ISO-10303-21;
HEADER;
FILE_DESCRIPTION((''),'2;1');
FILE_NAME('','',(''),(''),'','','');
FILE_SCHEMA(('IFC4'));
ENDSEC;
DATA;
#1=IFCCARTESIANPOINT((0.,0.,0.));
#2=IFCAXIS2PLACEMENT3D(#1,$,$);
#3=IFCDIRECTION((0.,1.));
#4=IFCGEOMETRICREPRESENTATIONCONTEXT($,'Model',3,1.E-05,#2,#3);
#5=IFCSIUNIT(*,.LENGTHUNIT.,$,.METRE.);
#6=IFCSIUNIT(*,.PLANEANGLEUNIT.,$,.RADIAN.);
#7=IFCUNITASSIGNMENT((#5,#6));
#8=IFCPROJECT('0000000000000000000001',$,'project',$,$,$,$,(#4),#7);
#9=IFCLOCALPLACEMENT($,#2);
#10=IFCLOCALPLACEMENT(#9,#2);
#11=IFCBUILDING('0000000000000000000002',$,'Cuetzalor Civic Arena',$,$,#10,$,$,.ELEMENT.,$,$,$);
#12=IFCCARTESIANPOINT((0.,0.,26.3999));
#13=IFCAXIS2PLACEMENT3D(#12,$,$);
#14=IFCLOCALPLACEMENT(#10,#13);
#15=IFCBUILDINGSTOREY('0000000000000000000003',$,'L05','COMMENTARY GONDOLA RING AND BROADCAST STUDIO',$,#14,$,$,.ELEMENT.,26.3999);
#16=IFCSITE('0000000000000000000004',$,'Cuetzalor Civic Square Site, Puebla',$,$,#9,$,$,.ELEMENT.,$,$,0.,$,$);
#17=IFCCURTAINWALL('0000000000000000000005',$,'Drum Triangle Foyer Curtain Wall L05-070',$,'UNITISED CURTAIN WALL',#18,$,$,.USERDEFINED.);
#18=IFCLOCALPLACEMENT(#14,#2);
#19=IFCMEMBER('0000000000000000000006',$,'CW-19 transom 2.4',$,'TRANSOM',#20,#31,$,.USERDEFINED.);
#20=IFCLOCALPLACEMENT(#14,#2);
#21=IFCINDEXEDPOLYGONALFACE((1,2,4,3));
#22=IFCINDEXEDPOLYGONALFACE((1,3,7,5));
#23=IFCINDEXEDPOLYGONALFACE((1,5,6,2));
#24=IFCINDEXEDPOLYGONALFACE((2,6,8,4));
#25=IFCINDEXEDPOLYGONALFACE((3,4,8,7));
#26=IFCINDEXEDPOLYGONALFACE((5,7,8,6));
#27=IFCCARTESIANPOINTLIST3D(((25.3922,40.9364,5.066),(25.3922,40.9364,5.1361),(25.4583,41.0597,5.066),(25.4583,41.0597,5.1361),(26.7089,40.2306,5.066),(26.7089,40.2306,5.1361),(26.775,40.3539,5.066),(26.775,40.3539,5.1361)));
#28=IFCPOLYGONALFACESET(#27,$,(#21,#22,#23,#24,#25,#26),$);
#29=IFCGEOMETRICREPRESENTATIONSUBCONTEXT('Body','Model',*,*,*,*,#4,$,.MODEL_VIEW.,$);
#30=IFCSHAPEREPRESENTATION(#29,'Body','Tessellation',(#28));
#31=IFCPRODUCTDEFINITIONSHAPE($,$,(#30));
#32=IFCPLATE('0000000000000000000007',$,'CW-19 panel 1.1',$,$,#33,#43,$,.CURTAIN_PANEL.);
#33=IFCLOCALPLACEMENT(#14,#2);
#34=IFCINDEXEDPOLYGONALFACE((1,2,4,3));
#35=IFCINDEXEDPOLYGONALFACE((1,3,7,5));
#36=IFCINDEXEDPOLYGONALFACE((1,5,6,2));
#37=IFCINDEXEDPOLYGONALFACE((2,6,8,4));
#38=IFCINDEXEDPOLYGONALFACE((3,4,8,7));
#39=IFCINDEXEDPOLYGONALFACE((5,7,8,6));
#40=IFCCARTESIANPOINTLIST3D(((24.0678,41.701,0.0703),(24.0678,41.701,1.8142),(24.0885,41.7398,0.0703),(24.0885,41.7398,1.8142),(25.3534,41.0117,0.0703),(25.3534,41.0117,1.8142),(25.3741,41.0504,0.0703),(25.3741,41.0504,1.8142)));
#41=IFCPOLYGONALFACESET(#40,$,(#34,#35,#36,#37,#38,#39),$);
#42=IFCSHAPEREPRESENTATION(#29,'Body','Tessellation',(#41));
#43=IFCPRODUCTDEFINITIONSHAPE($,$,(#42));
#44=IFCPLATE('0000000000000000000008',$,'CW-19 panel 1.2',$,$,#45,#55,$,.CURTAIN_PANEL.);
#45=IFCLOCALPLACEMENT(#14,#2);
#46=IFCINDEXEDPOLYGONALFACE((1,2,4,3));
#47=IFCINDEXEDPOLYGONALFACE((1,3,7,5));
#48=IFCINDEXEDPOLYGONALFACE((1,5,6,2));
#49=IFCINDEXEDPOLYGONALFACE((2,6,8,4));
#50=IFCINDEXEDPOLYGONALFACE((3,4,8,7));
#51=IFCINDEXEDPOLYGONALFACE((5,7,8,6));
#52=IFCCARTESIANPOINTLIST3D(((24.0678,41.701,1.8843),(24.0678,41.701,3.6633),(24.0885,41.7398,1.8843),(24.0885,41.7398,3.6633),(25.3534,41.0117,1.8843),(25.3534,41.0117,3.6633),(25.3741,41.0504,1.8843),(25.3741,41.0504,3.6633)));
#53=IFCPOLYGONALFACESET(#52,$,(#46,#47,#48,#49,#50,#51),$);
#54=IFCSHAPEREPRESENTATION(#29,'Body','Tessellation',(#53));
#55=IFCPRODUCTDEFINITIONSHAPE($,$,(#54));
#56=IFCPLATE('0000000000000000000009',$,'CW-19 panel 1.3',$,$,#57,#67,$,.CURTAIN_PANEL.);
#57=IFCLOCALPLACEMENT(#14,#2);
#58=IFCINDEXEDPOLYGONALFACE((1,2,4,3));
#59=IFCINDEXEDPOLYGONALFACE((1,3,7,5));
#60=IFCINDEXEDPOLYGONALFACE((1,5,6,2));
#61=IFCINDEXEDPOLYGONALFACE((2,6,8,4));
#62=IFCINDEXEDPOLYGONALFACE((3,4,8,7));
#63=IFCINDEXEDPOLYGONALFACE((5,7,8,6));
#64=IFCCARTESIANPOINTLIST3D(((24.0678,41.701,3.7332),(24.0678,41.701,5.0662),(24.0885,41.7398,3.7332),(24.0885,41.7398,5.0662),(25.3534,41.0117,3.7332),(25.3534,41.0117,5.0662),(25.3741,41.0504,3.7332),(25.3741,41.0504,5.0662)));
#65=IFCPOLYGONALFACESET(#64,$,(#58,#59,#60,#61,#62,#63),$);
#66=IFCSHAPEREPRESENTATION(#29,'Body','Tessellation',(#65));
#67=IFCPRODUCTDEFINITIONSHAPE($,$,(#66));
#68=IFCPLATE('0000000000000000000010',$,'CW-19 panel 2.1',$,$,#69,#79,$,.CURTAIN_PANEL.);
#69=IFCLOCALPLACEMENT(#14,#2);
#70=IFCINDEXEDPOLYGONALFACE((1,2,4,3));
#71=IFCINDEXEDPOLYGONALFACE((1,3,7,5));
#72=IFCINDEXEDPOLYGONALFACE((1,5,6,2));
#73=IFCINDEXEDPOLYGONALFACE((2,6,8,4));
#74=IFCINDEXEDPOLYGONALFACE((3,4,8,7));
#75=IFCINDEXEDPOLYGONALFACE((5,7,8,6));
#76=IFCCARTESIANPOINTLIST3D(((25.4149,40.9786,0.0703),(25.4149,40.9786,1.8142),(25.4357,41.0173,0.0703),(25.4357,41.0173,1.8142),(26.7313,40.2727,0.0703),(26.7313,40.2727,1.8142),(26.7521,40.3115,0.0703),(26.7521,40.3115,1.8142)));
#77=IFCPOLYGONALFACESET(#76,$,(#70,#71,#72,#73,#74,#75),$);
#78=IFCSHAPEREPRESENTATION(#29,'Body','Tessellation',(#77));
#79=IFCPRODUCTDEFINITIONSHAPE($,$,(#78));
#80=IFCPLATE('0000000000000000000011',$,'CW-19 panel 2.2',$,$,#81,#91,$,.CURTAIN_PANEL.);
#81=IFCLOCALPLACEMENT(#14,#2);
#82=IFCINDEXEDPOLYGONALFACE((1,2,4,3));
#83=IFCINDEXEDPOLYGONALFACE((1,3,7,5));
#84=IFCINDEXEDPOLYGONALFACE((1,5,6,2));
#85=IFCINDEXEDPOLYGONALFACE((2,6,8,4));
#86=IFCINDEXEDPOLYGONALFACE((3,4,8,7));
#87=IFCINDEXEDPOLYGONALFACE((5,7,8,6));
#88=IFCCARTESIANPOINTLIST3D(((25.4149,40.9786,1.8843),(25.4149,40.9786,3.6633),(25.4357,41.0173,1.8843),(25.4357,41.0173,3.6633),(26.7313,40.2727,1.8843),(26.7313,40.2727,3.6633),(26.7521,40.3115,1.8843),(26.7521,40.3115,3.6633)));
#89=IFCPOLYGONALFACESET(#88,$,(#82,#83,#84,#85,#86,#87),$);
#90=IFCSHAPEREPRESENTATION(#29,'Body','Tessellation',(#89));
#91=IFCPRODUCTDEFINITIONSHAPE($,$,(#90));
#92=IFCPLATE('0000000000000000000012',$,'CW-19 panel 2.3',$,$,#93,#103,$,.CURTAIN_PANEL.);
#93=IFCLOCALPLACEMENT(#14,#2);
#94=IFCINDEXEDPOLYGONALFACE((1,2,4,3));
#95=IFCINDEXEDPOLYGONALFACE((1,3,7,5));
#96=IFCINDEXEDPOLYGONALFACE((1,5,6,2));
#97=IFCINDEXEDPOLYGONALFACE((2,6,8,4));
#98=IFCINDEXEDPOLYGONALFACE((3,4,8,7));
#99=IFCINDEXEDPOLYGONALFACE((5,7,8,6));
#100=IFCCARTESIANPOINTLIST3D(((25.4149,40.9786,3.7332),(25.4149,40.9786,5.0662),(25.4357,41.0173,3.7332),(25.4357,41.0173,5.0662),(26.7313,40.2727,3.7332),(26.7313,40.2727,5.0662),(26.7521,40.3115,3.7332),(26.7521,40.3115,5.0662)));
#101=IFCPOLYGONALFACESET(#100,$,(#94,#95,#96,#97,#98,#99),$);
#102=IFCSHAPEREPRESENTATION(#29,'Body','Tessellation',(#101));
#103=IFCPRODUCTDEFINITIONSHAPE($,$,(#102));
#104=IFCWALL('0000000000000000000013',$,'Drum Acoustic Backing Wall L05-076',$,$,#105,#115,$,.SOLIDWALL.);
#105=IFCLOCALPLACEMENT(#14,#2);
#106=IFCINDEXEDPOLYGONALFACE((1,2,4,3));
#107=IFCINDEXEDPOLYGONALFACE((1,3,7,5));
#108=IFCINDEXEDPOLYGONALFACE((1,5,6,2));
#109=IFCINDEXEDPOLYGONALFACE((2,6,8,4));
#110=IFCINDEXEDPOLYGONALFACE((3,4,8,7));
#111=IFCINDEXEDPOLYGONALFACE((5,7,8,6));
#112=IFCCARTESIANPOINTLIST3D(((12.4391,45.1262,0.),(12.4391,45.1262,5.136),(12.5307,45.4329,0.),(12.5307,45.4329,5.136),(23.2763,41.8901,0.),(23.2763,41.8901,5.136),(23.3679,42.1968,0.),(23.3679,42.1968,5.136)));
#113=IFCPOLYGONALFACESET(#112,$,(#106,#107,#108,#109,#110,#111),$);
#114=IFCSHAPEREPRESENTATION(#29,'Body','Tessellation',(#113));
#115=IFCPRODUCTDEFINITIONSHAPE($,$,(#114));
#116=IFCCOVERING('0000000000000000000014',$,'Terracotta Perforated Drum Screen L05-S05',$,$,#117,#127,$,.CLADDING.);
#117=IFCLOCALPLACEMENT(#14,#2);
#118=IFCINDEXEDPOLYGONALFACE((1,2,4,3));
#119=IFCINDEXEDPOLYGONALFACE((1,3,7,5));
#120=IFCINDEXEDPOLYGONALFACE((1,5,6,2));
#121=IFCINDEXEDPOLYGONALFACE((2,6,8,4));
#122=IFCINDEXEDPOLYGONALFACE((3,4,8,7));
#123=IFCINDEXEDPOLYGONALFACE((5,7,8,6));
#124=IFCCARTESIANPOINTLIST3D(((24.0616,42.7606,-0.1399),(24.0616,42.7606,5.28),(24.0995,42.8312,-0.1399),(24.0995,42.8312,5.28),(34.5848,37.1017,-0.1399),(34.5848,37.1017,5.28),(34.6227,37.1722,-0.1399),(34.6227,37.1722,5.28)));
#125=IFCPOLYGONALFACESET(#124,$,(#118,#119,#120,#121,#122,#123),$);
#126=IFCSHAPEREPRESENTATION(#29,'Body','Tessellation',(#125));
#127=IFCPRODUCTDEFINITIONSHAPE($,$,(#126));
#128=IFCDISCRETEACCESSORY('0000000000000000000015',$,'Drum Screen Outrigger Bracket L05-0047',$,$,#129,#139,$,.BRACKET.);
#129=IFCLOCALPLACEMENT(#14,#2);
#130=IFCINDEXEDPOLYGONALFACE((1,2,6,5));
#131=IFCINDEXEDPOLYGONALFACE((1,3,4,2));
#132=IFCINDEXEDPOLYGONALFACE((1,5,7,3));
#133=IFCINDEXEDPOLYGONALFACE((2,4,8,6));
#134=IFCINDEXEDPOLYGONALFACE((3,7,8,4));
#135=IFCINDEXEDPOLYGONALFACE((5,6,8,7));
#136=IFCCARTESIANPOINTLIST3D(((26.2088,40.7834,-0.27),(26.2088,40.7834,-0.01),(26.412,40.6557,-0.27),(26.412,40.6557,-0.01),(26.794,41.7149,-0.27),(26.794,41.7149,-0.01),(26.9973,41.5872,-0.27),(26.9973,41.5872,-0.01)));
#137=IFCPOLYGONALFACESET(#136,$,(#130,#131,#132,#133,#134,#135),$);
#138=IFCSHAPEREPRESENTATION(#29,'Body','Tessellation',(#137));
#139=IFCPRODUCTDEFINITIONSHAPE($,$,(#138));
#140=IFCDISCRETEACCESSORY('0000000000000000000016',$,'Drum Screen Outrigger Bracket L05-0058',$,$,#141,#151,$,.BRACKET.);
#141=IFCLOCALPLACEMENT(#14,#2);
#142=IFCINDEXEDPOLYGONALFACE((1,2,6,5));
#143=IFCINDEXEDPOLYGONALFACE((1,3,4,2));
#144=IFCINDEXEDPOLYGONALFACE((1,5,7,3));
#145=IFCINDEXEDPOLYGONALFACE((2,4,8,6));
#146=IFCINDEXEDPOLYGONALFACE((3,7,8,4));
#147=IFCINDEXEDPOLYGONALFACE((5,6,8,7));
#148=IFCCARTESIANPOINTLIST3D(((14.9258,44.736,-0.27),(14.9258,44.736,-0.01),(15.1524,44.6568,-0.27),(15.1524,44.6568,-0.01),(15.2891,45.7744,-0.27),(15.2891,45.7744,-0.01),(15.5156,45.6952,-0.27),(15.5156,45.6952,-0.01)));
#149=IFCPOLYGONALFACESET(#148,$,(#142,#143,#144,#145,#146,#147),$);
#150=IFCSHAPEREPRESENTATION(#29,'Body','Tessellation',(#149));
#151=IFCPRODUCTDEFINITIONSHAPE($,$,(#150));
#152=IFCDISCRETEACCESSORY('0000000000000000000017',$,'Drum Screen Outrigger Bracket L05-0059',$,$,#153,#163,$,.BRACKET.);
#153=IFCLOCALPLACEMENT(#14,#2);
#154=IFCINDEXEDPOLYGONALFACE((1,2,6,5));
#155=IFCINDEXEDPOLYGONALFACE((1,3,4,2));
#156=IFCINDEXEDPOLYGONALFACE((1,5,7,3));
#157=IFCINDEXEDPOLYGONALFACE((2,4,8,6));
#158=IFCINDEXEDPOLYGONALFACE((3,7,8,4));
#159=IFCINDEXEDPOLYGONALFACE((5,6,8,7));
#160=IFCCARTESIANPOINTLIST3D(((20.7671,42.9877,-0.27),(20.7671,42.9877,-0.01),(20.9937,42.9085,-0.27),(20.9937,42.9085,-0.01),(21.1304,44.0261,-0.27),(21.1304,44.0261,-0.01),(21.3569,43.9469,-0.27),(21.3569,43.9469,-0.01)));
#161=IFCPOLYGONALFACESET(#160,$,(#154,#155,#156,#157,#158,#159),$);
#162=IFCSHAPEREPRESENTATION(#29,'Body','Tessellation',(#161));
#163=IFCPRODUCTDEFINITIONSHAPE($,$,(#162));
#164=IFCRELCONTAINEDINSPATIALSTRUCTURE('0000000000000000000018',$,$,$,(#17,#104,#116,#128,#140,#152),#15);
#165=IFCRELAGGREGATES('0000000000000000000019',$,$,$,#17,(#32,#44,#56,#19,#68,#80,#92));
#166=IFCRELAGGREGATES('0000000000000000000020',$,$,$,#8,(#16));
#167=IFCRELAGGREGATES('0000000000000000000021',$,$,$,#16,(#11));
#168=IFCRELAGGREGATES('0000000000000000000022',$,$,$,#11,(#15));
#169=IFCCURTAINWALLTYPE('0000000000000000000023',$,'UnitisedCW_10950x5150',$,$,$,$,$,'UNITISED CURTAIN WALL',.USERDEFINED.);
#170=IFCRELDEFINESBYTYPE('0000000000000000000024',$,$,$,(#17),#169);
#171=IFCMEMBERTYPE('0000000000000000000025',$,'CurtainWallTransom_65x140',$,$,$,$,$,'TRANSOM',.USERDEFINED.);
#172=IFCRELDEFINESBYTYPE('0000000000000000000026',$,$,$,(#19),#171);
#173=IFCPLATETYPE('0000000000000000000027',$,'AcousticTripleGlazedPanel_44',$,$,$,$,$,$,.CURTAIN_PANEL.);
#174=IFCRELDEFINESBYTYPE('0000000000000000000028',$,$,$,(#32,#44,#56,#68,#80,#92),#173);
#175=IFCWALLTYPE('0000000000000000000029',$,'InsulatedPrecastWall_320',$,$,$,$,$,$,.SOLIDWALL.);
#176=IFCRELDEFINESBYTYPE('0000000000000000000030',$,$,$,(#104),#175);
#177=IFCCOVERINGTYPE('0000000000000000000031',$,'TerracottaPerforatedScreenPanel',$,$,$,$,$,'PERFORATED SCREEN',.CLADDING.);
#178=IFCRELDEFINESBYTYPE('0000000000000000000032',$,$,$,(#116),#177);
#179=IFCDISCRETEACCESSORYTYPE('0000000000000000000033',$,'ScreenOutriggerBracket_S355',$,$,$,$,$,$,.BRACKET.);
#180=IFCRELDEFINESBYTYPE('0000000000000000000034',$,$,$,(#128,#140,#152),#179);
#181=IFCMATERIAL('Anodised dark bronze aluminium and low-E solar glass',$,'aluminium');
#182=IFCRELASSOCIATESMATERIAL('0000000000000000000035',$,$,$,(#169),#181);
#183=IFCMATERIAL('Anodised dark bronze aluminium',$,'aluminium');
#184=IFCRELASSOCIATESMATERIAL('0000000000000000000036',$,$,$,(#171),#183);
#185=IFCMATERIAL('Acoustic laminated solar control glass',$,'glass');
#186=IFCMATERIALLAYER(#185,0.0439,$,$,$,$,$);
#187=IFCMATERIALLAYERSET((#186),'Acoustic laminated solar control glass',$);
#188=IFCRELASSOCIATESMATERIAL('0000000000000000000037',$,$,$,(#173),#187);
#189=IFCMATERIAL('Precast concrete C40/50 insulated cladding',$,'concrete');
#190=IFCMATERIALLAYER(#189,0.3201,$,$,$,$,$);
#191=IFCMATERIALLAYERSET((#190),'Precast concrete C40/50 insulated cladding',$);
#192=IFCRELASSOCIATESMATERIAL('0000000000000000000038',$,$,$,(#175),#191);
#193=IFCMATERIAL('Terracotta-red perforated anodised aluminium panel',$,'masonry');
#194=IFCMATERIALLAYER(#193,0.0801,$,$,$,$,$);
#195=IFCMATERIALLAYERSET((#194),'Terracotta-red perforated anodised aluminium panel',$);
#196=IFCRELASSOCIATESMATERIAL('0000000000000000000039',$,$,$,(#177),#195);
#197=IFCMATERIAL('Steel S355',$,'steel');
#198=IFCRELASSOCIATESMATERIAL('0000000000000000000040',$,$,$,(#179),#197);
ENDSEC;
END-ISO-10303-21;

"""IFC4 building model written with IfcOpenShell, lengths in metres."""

from ifc_helpers import new_model, si_unit, direction, frame, frame_2d, origin, origin_2d, place, context, subcontext, project, spatial, rectangle, extrude, material, layer, layer_set, material_profile, profile_set, type_object, element, aggregate, save


model = new_model("IFC4")

# Units and contexts
model_context = context("Model", 3, precision=1e-05, world=origin(), true_north=direction((0.0, 1.0)))
body_context = subcontext(model_context, "Body", "Model", "MODEL_VIEW")
ifc_project = project(units=[si_unit("LENGTHUNIT", "METRE"), si_unit("PLANEANGLEUNIT", "RADIAN")], contexts=[model_context])

# Site, building, storey
site_placement = place(None, origin())
site = spatial("IfcSite", under=ifc_project, at=site_placement, Name="Cuetzalor Civic Square Site, Puebla", CompositionType="ELEMENT", RefElevation=0.0)
building_placement = place(site_placement, origin())
building = spatial("IfcBuilding", under=site, at=building_placement, Name="Cuetzalor Civic Arena", CompositionType="ELEMENT")
storey_placement = place(building_placement, frame((0.0, 0.0, 26.3999)))
storey = spatial("IfcBuildingStorey", under=building, at=storey_placement, Name="L05", Description="COMMENTARY GONDOLA RING AND BROADCAST STUDIO", CompositionType="ELEMENT", Elevation=26.3999)

# Curtain wall, member, plates
ifc_material_1 = material(Name="Anodised dark bronze aluminium and low-E solar glass", Category="aluminium")
curtain_wall_type = type_object("IfcCurtainWallType", Name="UnitisedCW_10950x5150", ElementType="UNITISED CURTAIN WALL", PredefinedType="USERDEFINED", material=ifc_material_1)
curtain_wall_placement = place(storey_placement, origin())
curtain_wall = element("IfcCurtainWall", 1, at=curtain_wall_placement, inside=storey, type_object=curtain_wall_type, Name="Drum Triangle Foyer Curtain Wall L05-070", ObjectType="UNITISED CURTAIN WALL", PredefinedType="USERDEFINED")
ifc_material_2 = material(Name="Anodised dark bronze aluminium", Category="aluminium")
ifc_material_profile_1 = material_profile(ifc_material_2, rectangle(XDim=0.1399, YDim=0.0701, at=origin_2d()), Name="ALU TRANSOM 70x140")
ifc_profile_set_1 = profile_set([ifc_material_profile_1], Name="Anodised dark bronze aluminium")
member_type_1 = type_object("IfcMemberType", Name="CurtainWallTransom_65x140", ElementType="TRANSOM", PredefinedType="USERDEFINED", material=ifc_profile_set_1)
member_1_placement = place(storey_placement, frame((25.4253, 40.998, 5.1011), z_axis=(0.881351, -0.472462, 0.0), x_axis=(0.472462, 0.881351, 0.0)))
member_1 = element("IfcMember", 2, at=member_1_placement, type_object=member_type_1, Name="CW-19 transom 2.4", ObjectType="TRANSOM", PredefinedType="USERDEFINED", context=body_context, shape_type="SweptSolid", body=[
    extrude(rectangle(XDim=0.1399, YDim=0.0701, at=origin_2d()), origin(), (0.0, 0.0, 1.0), 1.4939),
])
ifc_material_3 = material(Name="Acoustic laminated solar control glass", Category="glass")
ifc_layer_1 = layer(ifc_material_3, 0.0439)
ifc_layer_set_1 = layer_set([ifc_layer_1], Name="Acoustic laminated solar control glass")
plate_type = type_object("IfcPlateType", Name="AcousticTripleGlazedPanel_44", PredefinedType="CURTAIN_PANEL", material=ifc_layer_set_1)
plate_1_placement = place(storey_placement, frame((24.7209, 41.3757, 0.0703), z_axis=(0.0, 0.0, 1.0), x_axis=(0.881306, -0.472545, 0.0)))
plate_1 = element("IfcPlate", 3, at=plate_1_placement, type_object=plate_type, Name="CW-19 panel 1.1", PredefinedType="CURTAIN_PANEL", context=body_context, shape_type="SweptSolid", body=[
    extrude(rectangle(XDim=1.4587, YDim=0.0439, at=origin_2d()), origin(), (0.0, 0.0, 1.0), 1.7439),
])
plate_2_placement = place(storey_placement, frame((24.7209, 41.3757, 1.8843), z_axis=(0.0, 0.0, 1.0), x_axis=(0.881306, -0.472545, 0.0)))
plate_2 = element("IfcPlate", 4, at=plate_2_placement, type_object=plate_type, Name="CW-19 panel 1.2", PredefinedType="CURTAIN_PANEL", context=body_context, shape_type="SweptSolid", body=[
    extrude(rectangle(XDim=1.4587, YDim=0.0439, at=origin_2d()), origin(), (0.0, 0.0, 1.0), 1.7791),
])
plate_3_placement = place(storey_placement, frame((24.7209, 41.3757, 3.7332), z_axis=(0.0, 0.0, 1.0), x_axis=(0.881306, -0.472545, 0.0)))
plate_3 = element("IfcPlate", 5, at=plate_3_placement, type_object=plate_type, Name="CW-19 panel 1.3", PredefinedType="CURTAIN_PANEL", context=body_context, shape_type="SweptSolid", body=[
    extrude(rectangle(XDim=1.4587, YDim=0.0439, at=origin_2d()), origin(), (0.0, 0.0, 1.0), 1.333),
])
plate_4_placement = place(storey_placement, frame((26.0835, 40.645, 0.0703), z_axis=(0.0, 0.0, 1.0), x_axis=(0.881306, -0.472545, 0.0)))
plate_4 = element("IfcPlate", 6, at=plate_4_placement, type_object=plate_type, Name="CW-19 panel 2.1", PredefinedType="CURTAIN_PANEL", context=body_context, shape_type="SweptSolid", body=[
    extrude(rectangle(XDim=1.4937, YDim=0.0439, at=origin_2d()), origin(), (0.0, 0.0, 1.0), 1.7439),
])
plate_5_placement = place(storey_placement, frame((26.0835, 40.645, 1.8843), z_axis=(0.0, 0.0, 1.0), x_axis=(0.881306, -0.472545, 0.0)))
plate_5 = element("IfcPlate", 7, at=plate_5_placement, type_object=plate_type, Name="CW-19 panel 2.2", PredefinedType="CURTAIN_PANEL", context=body_context, shape_type="SweptSolid", body=[
    extrude(rectangle(XDim=1.4937, YDim=0.0439, at=origin_2d()), origin(), (0.0, 0.0, 1.0), 1.7791),
])
plate_6_placement = place(storey_placement, frame((26.0835, 40.645, 3.7332), z_axis=(0.0, 0.0, 1.0), x_axis=(0.881306, -0.472545, 0.0)))
plate_6 = element("IfcPlate", 8, at=plate_6_placement, type_object=plate_type, Name="CW-19 panel 2.3", PredefinedType="CURTAIN_PANEL", context=body_context, shape_type="SweptSolid", body=[
    extrude(rectangle(XDim=1.4937, YDim=0.0439, at=origin_2d()), origin(), (0.0, 0.0, 1.0), 1.333),
])
aggregate(curtain_wall, [plate_1, plate_2, plate_3, member_1, plate_4, plate_5, plate_6])

# Wall
ifc_material_4 = material(Name="Precast concrete C40/50 insulated cladding", Category="concrete")
ifc_layer_2 = layer(ifc_material_4, 0.3201)
ifc_layer_set_2 = layer_set([ifc_layer_2], Name="Precast concrete C40/50 insulated cladding")
wall_type = type_object("IfcWallType", Name="InsulatedPrecastWall_320", PredefinedType="SOLIDWALL", material=ifc_layer_set_2)
wall_placement = place(storey_placement, frame((12.4849, 45.2795, 0.0), z_axis=(0.0, 0.0, 1.0), x_axis=(0.958192, -0.286126, 0.0)))
element("IfcWall", 9, at=wall_placement, inside=storey, type_object=wall_type, Name="Drum Acoustic Backing Wall L05-076", PredefinedType="SOLIDWALL", context=body_context, shape_type="SweptSolid", body=[
    extrude(rectangle(XDim=11.3101, YDim=0.3201, at=frame_2d((5.655, 0.0))), origin(), (0.0, 0.0, 1.0), 5.136),
])

# Covering
ifc_material_5 = material(Name="Terracotta-red perforated anodised aluminium panel", Category="masonry")
ifc_layer_3 = layer(ifc_material_5, 0.0801)
ifc_layer_set_3 = layer_set([ifc_layer_3], Name="Terracotta-red perforated anodised aluminium panel")
covering_type = type_object("IfcCoveringType", Name="TerracottaPerforatedScreenPanel", ElementType="PERFORATED SCREEN", PredefinedType="CLADDING", material=ifc_layer_set_3)
covering_placement = place(storey_placement, frame((24.0806, 42.7959, -0.1399), z_axis=(0.0, 0.0, 1.0), x_axis=(0.880729, -0.47362, 0.0)))
element("IfcCovering", 10, at=covering_placement, inside=storey, type_object=covering_type, Name="Terracotta Perforated Drum Screen L05-S05", PredefinedType="CLADDING", context=body_context, shape_type="SweptSolid", body=[
    extrude(rectangle(XDim=11.9482, YDim=0.0801, at=frame_2d((5.9741, 0.0))), origin(), (0.0, 0.0, 1.0), 5.4199),
])

# Discrete accessories
ifc_material_6 = material(Name="Steel S355", Category="steel")
discrete_accessory_type = type_object("IfcDiscreteAccessoryType", Name="ScreenOutriggerBracket_S355", PredefinedType="BRACKET", material=ifc_material_6)
for number, where, z_axis, x_axis, name in (
    (11, (26.603, 41.1853, -0.27), (0.0, 0.0, 1.0), (0.53199, 0.846751, 0.0), "Drum Screen Outrigger Bracket L05-0047"),
    (12, (15.2207, 45.2156, -0.27), (0.0, 0.0, 1.0), (0.330185, 0.943916, 0.0), "Drum Screen Outrigger Bracket L05-0058"),
    (13, (21.062, 43.4673, -0.27), (0.0, 0.0, 1.0), (0.330185, 0.943916, 0.0), "Drum Screen Outrigger Bracket L05-0059"),
):
    element("IfcDiscreteAccessory", number, at=place(storey_placement, frame(where, z_axis=z_axis, x_axis=x_axis)), inside=storey, type_object=discrete_accessory_type, Name=name, PredefinedType="BRACKET", context=body_context, shape_type="SweptSolid", body=[
        extrude(rectangle(XDim=1.1001, YDim=0.24, at=origin_2d()), origin(), (0.0, 0.0, 1.0), 0.26),
    ])

save(model, "model.ifc")
